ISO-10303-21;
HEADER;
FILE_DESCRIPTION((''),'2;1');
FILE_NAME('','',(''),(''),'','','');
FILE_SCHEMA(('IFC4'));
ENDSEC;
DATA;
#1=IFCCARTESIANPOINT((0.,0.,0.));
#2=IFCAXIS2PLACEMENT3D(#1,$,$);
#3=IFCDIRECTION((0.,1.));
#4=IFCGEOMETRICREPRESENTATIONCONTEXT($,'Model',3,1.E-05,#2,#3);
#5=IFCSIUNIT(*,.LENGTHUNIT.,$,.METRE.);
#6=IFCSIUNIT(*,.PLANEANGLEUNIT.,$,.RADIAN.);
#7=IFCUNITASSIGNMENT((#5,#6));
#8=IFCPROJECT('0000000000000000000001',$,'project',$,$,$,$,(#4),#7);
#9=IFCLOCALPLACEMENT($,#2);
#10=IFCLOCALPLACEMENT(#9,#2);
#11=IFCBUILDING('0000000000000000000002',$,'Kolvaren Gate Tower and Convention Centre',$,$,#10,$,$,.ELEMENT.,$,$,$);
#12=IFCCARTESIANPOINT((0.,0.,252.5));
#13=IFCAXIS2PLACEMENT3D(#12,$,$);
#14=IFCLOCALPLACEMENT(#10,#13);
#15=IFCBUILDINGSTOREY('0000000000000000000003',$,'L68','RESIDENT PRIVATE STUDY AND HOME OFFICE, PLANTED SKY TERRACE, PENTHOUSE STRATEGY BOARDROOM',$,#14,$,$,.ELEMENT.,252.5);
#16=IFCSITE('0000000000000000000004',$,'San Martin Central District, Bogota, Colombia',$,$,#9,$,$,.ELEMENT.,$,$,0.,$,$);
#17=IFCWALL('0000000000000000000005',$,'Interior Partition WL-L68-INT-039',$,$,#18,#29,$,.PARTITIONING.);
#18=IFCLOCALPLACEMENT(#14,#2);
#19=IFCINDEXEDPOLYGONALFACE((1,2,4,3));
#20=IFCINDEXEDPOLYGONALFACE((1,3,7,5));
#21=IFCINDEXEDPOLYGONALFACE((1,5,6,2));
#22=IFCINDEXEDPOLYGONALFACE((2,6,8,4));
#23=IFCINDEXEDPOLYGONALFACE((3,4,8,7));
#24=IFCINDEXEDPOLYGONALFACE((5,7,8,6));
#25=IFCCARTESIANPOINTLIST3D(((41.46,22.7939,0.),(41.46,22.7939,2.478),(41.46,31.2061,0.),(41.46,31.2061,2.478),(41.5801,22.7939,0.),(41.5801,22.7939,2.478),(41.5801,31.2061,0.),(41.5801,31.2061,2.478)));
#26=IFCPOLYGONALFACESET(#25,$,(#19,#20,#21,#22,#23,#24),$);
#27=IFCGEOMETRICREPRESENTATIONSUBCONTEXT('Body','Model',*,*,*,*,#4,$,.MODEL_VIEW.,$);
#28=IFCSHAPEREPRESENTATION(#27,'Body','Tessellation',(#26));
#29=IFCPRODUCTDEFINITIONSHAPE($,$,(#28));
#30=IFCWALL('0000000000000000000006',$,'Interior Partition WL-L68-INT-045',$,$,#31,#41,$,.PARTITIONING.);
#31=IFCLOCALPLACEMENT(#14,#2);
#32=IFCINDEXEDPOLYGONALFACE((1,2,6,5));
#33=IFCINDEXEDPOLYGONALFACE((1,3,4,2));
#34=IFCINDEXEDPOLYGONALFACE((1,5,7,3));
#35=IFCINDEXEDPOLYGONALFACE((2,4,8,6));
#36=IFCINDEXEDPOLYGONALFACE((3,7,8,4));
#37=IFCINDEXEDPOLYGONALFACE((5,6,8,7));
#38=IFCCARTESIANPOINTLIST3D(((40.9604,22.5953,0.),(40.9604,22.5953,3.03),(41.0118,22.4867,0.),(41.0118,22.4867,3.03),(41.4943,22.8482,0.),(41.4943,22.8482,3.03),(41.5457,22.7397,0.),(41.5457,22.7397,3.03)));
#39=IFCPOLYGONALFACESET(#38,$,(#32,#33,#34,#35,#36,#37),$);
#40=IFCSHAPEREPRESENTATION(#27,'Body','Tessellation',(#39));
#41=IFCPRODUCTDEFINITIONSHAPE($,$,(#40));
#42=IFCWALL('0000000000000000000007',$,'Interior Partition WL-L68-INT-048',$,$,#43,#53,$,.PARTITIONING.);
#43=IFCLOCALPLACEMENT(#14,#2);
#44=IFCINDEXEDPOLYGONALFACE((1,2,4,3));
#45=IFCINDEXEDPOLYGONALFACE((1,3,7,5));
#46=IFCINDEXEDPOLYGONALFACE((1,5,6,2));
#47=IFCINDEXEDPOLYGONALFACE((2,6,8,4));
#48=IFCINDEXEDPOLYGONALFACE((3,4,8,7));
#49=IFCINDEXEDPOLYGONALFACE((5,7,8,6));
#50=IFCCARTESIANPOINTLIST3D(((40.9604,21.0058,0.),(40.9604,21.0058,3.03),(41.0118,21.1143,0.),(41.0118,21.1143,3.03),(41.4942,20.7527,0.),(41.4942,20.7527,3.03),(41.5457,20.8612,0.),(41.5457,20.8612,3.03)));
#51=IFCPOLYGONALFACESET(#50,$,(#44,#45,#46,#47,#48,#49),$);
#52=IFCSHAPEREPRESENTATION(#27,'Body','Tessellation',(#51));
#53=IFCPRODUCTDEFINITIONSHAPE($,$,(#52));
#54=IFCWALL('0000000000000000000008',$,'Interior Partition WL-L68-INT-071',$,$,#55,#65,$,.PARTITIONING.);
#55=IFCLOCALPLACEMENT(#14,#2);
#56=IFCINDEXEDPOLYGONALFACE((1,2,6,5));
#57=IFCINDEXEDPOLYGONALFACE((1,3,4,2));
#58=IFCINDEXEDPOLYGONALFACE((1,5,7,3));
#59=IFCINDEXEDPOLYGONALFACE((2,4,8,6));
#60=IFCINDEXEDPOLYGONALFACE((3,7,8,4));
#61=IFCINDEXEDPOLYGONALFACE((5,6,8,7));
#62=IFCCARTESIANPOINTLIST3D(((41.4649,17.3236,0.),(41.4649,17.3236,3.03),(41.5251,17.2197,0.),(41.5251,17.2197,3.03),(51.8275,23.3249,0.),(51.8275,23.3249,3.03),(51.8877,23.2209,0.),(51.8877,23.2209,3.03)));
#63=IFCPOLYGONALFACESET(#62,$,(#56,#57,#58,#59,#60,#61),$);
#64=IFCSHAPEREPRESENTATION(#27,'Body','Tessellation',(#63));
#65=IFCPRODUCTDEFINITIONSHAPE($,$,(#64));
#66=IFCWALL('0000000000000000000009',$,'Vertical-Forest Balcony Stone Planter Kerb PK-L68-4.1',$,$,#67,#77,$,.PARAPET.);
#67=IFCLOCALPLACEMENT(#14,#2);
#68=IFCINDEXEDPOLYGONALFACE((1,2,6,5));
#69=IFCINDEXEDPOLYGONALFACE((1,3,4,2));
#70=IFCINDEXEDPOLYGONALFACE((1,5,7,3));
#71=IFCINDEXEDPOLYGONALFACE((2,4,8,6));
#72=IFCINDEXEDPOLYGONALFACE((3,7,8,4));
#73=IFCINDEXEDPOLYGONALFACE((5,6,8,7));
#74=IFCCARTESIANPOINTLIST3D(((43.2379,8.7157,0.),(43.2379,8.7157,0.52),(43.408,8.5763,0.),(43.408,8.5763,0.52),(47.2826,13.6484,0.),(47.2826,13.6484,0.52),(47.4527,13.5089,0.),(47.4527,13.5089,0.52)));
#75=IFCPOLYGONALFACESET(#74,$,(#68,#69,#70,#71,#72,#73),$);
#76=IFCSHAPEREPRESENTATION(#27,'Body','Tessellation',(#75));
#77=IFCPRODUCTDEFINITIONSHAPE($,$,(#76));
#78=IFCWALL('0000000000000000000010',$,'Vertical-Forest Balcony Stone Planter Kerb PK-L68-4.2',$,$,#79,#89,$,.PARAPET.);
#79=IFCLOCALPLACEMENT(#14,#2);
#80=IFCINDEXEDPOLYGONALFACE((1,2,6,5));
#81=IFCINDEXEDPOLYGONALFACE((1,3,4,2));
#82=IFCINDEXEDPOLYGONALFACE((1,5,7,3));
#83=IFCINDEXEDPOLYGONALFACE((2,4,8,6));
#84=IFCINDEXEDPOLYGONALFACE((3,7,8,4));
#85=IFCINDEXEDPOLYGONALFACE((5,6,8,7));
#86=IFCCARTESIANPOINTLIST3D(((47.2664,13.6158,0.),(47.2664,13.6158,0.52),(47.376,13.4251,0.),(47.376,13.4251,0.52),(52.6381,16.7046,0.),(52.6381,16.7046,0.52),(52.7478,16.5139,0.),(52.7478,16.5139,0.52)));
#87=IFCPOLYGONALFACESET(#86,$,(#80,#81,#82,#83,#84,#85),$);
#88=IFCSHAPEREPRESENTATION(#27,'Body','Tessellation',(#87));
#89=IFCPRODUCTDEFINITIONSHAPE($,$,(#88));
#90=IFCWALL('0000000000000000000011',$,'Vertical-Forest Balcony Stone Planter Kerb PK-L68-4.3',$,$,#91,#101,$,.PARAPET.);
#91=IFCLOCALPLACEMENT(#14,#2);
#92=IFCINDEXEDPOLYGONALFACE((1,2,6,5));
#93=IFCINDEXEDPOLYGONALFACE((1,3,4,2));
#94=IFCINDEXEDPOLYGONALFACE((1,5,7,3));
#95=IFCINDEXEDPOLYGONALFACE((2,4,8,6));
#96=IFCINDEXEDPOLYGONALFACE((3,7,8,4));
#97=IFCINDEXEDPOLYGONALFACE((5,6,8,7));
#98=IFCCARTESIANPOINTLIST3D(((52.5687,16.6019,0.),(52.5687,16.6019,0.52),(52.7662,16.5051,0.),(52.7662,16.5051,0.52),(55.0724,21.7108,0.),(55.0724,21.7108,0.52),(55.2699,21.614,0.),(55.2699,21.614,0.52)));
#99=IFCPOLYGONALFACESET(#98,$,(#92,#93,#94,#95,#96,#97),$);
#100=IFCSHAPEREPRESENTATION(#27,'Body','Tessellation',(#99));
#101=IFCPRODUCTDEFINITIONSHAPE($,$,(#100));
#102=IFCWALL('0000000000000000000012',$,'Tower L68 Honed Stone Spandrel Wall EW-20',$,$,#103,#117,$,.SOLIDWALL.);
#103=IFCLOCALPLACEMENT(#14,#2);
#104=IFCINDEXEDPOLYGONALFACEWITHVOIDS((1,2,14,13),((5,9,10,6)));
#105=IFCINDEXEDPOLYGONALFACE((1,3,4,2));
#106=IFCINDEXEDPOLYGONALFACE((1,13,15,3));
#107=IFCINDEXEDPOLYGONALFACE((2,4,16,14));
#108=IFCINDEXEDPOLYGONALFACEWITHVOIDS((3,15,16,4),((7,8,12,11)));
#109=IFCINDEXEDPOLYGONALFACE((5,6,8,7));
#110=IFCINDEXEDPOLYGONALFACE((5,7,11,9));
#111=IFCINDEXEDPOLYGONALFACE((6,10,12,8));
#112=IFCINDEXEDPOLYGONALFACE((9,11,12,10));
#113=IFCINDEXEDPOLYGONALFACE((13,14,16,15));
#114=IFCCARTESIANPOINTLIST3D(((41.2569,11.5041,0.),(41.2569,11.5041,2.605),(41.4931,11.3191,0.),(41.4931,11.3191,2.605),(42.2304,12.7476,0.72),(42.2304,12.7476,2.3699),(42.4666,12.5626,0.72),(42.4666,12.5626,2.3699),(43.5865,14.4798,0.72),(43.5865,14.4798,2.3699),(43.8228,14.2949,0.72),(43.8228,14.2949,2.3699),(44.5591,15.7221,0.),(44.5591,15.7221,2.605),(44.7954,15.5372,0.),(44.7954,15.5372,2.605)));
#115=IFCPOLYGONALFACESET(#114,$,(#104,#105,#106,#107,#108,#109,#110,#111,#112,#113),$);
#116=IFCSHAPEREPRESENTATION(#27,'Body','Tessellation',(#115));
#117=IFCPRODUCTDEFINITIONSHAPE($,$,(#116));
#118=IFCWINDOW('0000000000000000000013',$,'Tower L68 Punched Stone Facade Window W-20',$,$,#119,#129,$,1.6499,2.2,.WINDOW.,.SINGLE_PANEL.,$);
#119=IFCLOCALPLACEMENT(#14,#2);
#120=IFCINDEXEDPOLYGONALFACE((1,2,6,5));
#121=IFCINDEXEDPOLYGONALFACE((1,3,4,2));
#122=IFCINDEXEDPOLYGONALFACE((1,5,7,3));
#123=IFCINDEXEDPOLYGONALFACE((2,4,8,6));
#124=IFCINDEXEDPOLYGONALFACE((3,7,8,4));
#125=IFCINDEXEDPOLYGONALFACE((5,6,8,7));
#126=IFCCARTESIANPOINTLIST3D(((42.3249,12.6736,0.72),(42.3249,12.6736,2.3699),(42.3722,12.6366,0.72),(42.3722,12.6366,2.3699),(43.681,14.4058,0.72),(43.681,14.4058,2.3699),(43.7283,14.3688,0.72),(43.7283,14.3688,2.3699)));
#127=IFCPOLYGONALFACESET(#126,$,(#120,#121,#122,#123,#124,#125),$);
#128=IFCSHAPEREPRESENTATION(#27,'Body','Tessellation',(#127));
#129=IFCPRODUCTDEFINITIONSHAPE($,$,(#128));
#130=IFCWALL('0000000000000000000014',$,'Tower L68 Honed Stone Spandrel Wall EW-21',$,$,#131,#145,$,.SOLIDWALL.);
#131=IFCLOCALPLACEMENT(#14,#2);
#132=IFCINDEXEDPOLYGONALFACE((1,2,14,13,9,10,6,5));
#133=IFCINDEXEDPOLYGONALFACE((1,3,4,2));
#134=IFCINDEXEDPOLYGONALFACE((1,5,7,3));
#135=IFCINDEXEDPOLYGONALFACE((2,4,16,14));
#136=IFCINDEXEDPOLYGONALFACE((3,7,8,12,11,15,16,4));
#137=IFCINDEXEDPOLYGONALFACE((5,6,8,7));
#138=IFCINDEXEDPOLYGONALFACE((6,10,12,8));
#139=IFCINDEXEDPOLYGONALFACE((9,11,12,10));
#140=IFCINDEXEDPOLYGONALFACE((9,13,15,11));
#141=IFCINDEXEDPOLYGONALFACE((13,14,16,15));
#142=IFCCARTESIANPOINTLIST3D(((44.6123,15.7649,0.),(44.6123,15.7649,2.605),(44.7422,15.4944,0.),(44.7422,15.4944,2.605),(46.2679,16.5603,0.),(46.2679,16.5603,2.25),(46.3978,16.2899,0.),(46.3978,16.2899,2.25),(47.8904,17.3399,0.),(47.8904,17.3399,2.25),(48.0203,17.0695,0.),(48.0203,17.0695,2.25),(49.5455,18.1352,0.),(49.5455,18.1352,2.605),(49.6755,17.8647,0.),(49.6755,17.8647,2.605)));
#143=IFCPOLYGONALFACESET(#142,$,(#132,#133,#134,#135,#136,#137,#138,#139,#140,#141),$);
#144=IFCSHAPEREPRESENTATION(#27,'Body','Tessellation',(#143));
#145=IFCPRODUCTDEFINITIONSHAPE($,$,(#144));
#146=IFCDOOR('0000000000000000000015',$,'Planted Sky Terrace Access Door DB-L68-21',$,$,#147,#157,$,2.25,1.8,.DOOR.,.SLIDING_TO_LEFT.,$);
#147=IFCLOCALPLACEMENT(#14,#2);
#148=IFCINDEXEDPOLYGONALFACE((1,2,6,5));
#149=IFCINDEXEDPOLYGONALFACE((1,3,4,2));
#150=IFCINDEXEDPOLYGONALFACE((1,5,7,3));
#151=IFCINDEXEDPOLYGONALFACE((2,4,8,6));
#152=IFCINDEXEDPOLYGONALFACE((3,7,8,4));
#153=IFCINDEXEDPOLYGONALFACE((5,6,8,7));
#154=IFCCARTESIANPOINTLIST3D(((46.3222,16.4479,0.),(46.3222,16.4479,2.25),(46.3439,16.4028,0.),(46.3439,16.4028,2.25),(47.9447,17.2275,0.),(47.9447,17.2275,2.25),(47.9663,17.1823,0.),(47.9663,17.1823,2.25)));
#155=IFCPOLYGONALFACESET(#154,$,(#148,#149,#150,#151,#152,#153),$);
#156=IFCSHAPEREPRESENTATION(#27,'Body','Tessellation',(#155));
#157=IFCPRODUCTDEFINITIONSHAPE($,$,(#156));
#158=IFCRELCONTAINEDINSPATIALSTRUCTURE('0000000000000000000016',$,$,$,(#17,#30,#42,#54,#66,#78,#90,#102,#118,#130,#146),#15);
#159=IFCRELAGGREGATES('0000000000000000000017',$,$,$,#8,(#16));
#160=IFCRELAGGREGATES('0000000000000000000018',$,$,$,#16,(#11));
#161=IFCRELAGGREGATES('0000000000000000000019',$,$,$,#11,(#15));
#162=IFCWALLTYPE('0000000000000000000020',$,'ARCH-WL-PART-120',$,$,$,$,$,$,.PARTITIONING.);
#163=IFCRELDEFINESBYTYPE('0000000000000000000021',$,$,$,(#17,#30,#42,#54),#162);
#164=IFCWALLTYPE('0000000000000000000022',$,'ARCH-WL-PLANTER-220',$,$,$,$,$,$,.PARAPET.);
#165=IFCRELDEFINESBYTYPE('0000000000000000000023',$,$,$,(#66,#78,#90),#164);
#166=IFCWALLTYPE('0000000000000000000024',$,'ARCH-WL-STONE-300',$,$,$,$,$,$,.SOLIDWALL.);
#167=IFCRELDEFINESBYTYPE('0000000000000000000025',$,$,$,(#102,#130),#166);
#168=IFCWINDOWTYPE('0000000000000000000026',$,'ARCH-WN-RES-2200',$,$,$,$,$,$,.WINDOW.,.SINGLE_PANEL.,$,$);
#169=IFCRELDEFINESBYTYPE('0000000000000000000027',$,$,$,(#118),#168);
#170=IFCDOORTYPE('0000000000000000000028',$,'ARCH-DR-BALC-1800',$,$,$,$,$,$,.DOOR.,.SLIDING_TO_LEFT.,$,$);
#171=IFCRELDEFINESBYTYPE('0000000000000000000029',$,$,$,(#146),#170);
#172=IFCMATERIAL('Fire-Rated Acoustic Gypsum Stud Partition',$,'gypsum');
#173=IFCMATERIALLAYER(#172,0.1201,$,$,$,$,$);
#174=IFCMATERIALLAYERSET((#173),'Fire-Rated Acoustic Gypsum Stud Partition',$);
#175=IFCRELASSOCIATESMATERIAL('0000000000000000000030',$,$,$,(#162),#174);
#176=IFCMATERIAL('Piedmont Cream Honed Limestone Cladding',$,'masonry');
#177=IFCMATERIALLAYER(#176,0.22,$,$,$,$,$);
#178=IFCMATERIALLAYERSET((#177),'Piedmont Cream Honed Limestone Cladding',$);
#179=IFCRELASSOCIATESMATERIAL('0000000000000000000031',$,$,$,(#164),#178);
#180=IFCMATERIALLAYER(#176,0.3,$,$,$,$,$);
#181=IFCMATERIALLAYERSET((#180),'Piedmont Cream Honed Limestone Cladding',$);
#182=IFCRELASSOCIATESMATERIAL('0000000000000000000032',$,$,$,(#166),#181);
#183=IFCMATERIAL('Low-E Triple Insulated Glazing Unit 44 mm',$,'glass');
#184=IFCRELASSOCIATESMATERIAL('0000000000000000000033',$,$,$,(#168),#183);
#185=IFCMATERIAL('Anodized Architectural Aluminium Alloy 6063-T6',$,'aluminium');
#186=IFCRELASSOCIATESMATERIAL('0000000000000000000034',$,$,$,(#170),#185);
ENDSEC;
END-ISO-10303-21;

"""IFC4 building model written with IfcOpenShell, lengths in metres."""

from ifc_helpers import new_model, si_unit, direction, frame, frame_2d, origin, place, context, subcontext, project, spatial, rectangle, extrude, material, layer, layer_set, type_object, element, fill, save


model = new_model("IFC4")

# Units and contexts
model_context = context("Model", 3, precision=1e-05, world=origin(), true_north=direction((0.0, 1.0)))
body_context = subcontext(model_context, "Body", "Model", "MODEL_VIEW")
ifc_project = project(units=[si_unit("LENGTHUNIT", "METRE"), si_unit("PLANEANGLEUNIT", "RADIAN")], contexts=[model_context])

# Site, building, storey
site_placement = place(None, origin())
site = spatial("IfcSite", under=ifc_project, at=site_placement, Name="San Martin Central District, Bogota, Colombia", CompositionType="ELEMENT", RefElevation=0.0)
building_placement = place(site_placement, origin())
building = spatial("IfcBuilding", under=site, at=building_placement, Name="Kolvaren Gate Tower and Convention Centre", CompositionType="ELEMENT")
storey_placement = place(building_placement, frame((0.0, 0.0, 252.5)))
storey = spatial("IfcBuildingStorey", under=building, at=storey_placement, Name="L68", Description="RESIDENT PRIVATE STUDY AND HOME OFFICE, PLANTED SKY TERRACE, PENTHOUSE STRATEGY BOARDROOM", CompositionType="ELEMENT", Elevation=252.5)

# Shared definitions
ifc_material_1 = material(Name="Fire-Rated Acoustic Gypsum Stud Partition", Category="gypsum")
ifc_layer_1 = layer(ifc_material_1, 0.1201)
ifc_layer_set_1 = layer_set([ifc_layer_1], Name="Fire-Rated Acoustic Gypsum Stud Partition")
wall_type_1 = type_object("IfcWallType", Name="ARCH-WL-PART-120", PredefinedType="PARTITIONING", material=ifc_layer_set_1)

# Walls
wall_1_placement = place(storey_placement, frame((41.52, 22.7939, 0.0), z_axis=(0.0, 0.0, 1.0), x_axis=(0.0, 1.0, 0.0)))
element("IfcWall", 1, at=wall_1_placement, inside=storey, type_object=wall_type_1, Name="Interior Partition WL-L68-INT-039", PredefinedType="PARTITIONING", context=body_context, shape_type="SweptSolid", body=[
    extrude(rectangle(XDim=8.4121, YDim=0.1201, at=frame_2d((4.2061, 0.0))), origin(), (0.0, 0.0, 1.0), 2.478),
])
for number, where, z_axis, x_axis, name in (
    (2, (40.9861, 22.541, 0.0), (0.0, 0.0, 1.0), (0.903729, 0.428104, 0.0), "Interior Partition WL-L68-INT-045"),
    (3, (40.9861, 21.0601, 0.0), (0.0, 0.0, 1.0), (0.90357, -0.428442, 0.0), "Interior Partition WL-L68-INT-048"),
):
    element("IfcWall", number, at=place(storey_placement, frame(where, z_axis=z_axis, x_axis=x_axis)), inside=storey, type_object=wall_type_1, Name=name, PredefinedType="PARTITIONING", context=body_context, shape_type="SweptSolid", body=[
        extrude(rectangle(XDim=0.5908, YDim=0.1201, at=frame_2d((0.2954, 0.0))), origin(), (0.0, 0.0, 1.0), 3.03),
    ])
wall_2_placement = place(storey_placement, frame((41.4951, 17.2717, 0.0), z_axis=(0.0, 0.0, 1.0), x_axis=(0.865359, 0.501152, 0.0)))
element("IfcWall", 4, at=wall_2_placement, inside=storey, type_object=wall_type_1, Name="Interior Partition WL-L68-INT-071", PredefinedType="PARTITIONING", context=body_context, shape_type="SweptSolid", body=[
    extrude(rectangle(XDim=11.9749, YDim=0.1201, at=frame_2d((5.9873, 0.0))), origin(), (0.0, 0.0, 1.0), 3.03),
])
ifc_material_2 = material(Name="Piedmont Cream Honed Limestone Cladding", Category="masonry")
ifc_layer_2 = layer(ifc_material_2, 0.22)
ifc_layer_set_2 = layer_set([ifc_layer_2], Name="Piedmont Cream Honed Limestone Cladding")
wall_type_2 = type_object("IfcWallType", Name="ARCH-WL-PLANTER-220", PredefinedType="PARAPET", material=ifc_layer_set_2)
wall_3_placement = place(storey_placement, frame((43.323, 8.646, 0.0), z_axis=(0.0, 0.0, 1.0), x_axis=(0.634073, 0.773273, 0.0)))
element("IfcWall", 5, at=wall_3_placement, inside=storey, type_object=wall_type_2, Name="Vertical-Forest Balcony Stone Planter Kerb PK-L68-4.1", PredefinedType="PARAPET", context=body_context, shape_type="SweptSolid", body=[
    extrude(rectangle(XDim=6.3789, YDim=0.22, at=frame_2d((3.1895, 0.0))), origin(), (0.0, 0.0, 1.0), 0.52),
])
wall_4_placement = place(storey_placement, frame((47.3213, 13.5205, 0.0), z_axis=(0.0, 0.0, 1.0), x_axis=(0.866902, 0.498479, 0.0)))
element("IfcWall", 6, at=wall_4_placement, inside=storey, type_object=wall_type_2, Name="Vertical-Forest Balcony Stone Planter Kerb PK-L68-4.2", PredefinedType="PARAPET", context=body_context, shape_type="SweptSolid", body=[
    extrude(rectangle(XDim=6.1965, YDim=0.22, at=frame_2d((3.0981, 0.0))), origin(), (0.0, 0.0, 1.0), 0.52),
])
wall_5_placement = place(storey_placement, frame((52.6675, 16.5535, 0.0), z_axis=(0.0, 0.0, 1.0), x_axis=(0.440059, 0.897969, 0.0)))
element("IfcWall", 7, at=wall_5_placement, inside=storey, type_object=wall_type_2, Name="Vertical-Forest Balcony Stone Planter Kerb PK-L68-4.3", PredefinedType="PARAPET", context=body_context, shape_type="SweptSolid", body=[
    extrude(rectangle(XDim=5.6895, YDim=0.22, at=frame_2d((2.8447, 0.0))), origin(), (0.0, 0.0, 1.0), 0.52),
])

# Wall, opening, window
ifc_layer_3 = layer(ifc_material_2, 0.3)
ifc_layer_set_3 = layer_set([ifc_layer_3], Name="Piedmont Cream Honed Limestone Cladding")
wall_type_3 = type_object("IfcWallType", Name="ARCH-WL-STONE-300", PredefinedType="SOLIDWALL", material=ifc_layer_set_3)
wall_6_placement = place(storey_placement, frame((41.375, 11.4116, 0.0), z_axis=(0.0, 0.0, 1.0), x_axis=(0.616446, 0.787397, 0.0)))
wall_6 = element("IfcWall", 8, at=wall_6_placement, inside=storey, type_object=wall_type_3, Name="Tower L68 Honed Stone Spandrel Wall EW-20", PredefinedType="SOLIDWALL", context=body_context, shape_type="SweptSolid", body=[
    extrude(rectangle(XDim=5.3569, YDim=0.3, at=frame_2d((2.6785, 0.0))), origin(), (0.0, 0.0, 1.0), 2.605),
])
opening_1_placement = place(wall_6_placement, frame((1.5791, 0.0, 0.72)))
opening_1 = element("IfcOpeningElement", 9, at=opening_1_placement, cuts=wall_6, PredefinedType="OPENING", context=body_context, shape_type="SweptSolid", body=[
    extrude(rectangle(XDim=2.2, YDim=1.6499, at=frame_2d((1.1001, 0.825))), frame((0.0, 0.1599, 0.0), z_axis=(0.0, -1.0, 0.0), x_axis=(1.0, 0.0, 0.0)), (0.0, 0.0, 1.0), 0.3201),
])
ifc_material_3 = material(Name="Low-E Triple Insulated Glazing Unit 44 mm", Category="glass")
window_type = type_object("IfcWindowType", Name="ARCH-WN-RES-2200", PartitioningType="SINGLE_PANEL", PredefinedType="WINDOW", material=ifc_material_3)
window_1_placement = place(opening_1_placement, origin())
window_1 = element("IfcWindow", 10, at=window_1_placement, inside=storey, type_object=window_type, Name="Tower L68 Punched Stone Facade Window W-20", OverallHeight=1.6499, OverallWidth=2.2, PartitioningType="SINGLE_PANEL", PredefinedType="WINDOW", context=body_context, shape_type="SweptSolid", body=[
    extrude(rectangle(XDim=2.2, YDim=1.6499, at=frame_2d((1.1001, 0.825))), frame((0.0, 0.03, 0.0), z_axis=(0.0, -1.0, 0.0), x_axis=(1.0, 0.0, 0.0)), (0.0, 0.0, 1.0), 0.0601),
])
fill(opening_1, window_1)

# Wall, opening, door
wall_7_placement = place(storey_placement, frame((44.6772, 15.6296, 0.0), z_axis=(0.0, 0.0, 1.0), x_axis=(0.901355, 0.433081, 0.0)))
wall_7 = element("IfcWall", 11, at=wall_7_placement, inside=storey, type_object=wall_type_3, Name="Tower L68 Honed Stone Spandrel Wall EW-21", PredefinedType="SOLIDWALL", context=body_context, shape_type="SweptSolid", body=[
    extrude(rectangle(XDim=5.4731, YDim=0.3, at=frame_2d((2.7366, 0.0))), origin(), (0.0, 0.0, 1.0), 2.605),
])
opening_2_placement = place(wall_7_placement, frame((1.8369, 0.0, 0.0)))
opening_2 = element("IfcOpeningElement", 12, at=opening_2_placement, cuts=wall_7, PredefinedType="OPENING", context=body_context, shape_type="SweptSolid", body=[
    extrude(rectangle(XDim=1.8, YDim=2.25, at=frame_2d((0.8999, 1.125))), frame((0.0, 0.1599, 0.0), z_axis=(0.0, -1.0, 0.0), x_axis=(1.0, 0.0, 0.0)), (0.0, 0.0, 1.0), 0.3201),
])
ifc_material_4 = material(Name="Anodized Architectural Aluminium Alloy 6063-T6", Category="aluminium")
door_type_1 = type_object("IfcDoorType", Name="ARCH-DR-BALC-1800", OperationType="SLIDING_TO_LEFT", PredefinedType="DOOR", material=ifc_material_4)
door_1_placement = place(opening_2_placement, frame((1.8, 0.0, 0.0), z_axis=(0.0, 0.0, 1.0), x_axis=(-1.0, 0.0, 0.0)))
door_1 = element("IfcDoor", 13, at=door_1_placement, inside=storey, type_object=door_type_1, Name="Planted Sky Terrace Access Door DB-L68-21", OperationType="SLIDING_TO_LEFT", OverallHeight=2.25, OverallWidth=1.8, PredefinedType="DOOR", context=body_context, shape_type="SweptSolid", body=[
    extrude(rectangle(XDim=1.8, YDim=2.25, at=frame_2d((0.8999, 1.125))), frame((0.0, 0.0249, 0.0), z_axis=(0.0, -1.0, 0.0), x_axis=(1.0, 0.0, 0.0)), (0.0, 0.0, 1.0), 0.05),
])
fill(opening_2, door_1)

save(model, "model.ifc")
